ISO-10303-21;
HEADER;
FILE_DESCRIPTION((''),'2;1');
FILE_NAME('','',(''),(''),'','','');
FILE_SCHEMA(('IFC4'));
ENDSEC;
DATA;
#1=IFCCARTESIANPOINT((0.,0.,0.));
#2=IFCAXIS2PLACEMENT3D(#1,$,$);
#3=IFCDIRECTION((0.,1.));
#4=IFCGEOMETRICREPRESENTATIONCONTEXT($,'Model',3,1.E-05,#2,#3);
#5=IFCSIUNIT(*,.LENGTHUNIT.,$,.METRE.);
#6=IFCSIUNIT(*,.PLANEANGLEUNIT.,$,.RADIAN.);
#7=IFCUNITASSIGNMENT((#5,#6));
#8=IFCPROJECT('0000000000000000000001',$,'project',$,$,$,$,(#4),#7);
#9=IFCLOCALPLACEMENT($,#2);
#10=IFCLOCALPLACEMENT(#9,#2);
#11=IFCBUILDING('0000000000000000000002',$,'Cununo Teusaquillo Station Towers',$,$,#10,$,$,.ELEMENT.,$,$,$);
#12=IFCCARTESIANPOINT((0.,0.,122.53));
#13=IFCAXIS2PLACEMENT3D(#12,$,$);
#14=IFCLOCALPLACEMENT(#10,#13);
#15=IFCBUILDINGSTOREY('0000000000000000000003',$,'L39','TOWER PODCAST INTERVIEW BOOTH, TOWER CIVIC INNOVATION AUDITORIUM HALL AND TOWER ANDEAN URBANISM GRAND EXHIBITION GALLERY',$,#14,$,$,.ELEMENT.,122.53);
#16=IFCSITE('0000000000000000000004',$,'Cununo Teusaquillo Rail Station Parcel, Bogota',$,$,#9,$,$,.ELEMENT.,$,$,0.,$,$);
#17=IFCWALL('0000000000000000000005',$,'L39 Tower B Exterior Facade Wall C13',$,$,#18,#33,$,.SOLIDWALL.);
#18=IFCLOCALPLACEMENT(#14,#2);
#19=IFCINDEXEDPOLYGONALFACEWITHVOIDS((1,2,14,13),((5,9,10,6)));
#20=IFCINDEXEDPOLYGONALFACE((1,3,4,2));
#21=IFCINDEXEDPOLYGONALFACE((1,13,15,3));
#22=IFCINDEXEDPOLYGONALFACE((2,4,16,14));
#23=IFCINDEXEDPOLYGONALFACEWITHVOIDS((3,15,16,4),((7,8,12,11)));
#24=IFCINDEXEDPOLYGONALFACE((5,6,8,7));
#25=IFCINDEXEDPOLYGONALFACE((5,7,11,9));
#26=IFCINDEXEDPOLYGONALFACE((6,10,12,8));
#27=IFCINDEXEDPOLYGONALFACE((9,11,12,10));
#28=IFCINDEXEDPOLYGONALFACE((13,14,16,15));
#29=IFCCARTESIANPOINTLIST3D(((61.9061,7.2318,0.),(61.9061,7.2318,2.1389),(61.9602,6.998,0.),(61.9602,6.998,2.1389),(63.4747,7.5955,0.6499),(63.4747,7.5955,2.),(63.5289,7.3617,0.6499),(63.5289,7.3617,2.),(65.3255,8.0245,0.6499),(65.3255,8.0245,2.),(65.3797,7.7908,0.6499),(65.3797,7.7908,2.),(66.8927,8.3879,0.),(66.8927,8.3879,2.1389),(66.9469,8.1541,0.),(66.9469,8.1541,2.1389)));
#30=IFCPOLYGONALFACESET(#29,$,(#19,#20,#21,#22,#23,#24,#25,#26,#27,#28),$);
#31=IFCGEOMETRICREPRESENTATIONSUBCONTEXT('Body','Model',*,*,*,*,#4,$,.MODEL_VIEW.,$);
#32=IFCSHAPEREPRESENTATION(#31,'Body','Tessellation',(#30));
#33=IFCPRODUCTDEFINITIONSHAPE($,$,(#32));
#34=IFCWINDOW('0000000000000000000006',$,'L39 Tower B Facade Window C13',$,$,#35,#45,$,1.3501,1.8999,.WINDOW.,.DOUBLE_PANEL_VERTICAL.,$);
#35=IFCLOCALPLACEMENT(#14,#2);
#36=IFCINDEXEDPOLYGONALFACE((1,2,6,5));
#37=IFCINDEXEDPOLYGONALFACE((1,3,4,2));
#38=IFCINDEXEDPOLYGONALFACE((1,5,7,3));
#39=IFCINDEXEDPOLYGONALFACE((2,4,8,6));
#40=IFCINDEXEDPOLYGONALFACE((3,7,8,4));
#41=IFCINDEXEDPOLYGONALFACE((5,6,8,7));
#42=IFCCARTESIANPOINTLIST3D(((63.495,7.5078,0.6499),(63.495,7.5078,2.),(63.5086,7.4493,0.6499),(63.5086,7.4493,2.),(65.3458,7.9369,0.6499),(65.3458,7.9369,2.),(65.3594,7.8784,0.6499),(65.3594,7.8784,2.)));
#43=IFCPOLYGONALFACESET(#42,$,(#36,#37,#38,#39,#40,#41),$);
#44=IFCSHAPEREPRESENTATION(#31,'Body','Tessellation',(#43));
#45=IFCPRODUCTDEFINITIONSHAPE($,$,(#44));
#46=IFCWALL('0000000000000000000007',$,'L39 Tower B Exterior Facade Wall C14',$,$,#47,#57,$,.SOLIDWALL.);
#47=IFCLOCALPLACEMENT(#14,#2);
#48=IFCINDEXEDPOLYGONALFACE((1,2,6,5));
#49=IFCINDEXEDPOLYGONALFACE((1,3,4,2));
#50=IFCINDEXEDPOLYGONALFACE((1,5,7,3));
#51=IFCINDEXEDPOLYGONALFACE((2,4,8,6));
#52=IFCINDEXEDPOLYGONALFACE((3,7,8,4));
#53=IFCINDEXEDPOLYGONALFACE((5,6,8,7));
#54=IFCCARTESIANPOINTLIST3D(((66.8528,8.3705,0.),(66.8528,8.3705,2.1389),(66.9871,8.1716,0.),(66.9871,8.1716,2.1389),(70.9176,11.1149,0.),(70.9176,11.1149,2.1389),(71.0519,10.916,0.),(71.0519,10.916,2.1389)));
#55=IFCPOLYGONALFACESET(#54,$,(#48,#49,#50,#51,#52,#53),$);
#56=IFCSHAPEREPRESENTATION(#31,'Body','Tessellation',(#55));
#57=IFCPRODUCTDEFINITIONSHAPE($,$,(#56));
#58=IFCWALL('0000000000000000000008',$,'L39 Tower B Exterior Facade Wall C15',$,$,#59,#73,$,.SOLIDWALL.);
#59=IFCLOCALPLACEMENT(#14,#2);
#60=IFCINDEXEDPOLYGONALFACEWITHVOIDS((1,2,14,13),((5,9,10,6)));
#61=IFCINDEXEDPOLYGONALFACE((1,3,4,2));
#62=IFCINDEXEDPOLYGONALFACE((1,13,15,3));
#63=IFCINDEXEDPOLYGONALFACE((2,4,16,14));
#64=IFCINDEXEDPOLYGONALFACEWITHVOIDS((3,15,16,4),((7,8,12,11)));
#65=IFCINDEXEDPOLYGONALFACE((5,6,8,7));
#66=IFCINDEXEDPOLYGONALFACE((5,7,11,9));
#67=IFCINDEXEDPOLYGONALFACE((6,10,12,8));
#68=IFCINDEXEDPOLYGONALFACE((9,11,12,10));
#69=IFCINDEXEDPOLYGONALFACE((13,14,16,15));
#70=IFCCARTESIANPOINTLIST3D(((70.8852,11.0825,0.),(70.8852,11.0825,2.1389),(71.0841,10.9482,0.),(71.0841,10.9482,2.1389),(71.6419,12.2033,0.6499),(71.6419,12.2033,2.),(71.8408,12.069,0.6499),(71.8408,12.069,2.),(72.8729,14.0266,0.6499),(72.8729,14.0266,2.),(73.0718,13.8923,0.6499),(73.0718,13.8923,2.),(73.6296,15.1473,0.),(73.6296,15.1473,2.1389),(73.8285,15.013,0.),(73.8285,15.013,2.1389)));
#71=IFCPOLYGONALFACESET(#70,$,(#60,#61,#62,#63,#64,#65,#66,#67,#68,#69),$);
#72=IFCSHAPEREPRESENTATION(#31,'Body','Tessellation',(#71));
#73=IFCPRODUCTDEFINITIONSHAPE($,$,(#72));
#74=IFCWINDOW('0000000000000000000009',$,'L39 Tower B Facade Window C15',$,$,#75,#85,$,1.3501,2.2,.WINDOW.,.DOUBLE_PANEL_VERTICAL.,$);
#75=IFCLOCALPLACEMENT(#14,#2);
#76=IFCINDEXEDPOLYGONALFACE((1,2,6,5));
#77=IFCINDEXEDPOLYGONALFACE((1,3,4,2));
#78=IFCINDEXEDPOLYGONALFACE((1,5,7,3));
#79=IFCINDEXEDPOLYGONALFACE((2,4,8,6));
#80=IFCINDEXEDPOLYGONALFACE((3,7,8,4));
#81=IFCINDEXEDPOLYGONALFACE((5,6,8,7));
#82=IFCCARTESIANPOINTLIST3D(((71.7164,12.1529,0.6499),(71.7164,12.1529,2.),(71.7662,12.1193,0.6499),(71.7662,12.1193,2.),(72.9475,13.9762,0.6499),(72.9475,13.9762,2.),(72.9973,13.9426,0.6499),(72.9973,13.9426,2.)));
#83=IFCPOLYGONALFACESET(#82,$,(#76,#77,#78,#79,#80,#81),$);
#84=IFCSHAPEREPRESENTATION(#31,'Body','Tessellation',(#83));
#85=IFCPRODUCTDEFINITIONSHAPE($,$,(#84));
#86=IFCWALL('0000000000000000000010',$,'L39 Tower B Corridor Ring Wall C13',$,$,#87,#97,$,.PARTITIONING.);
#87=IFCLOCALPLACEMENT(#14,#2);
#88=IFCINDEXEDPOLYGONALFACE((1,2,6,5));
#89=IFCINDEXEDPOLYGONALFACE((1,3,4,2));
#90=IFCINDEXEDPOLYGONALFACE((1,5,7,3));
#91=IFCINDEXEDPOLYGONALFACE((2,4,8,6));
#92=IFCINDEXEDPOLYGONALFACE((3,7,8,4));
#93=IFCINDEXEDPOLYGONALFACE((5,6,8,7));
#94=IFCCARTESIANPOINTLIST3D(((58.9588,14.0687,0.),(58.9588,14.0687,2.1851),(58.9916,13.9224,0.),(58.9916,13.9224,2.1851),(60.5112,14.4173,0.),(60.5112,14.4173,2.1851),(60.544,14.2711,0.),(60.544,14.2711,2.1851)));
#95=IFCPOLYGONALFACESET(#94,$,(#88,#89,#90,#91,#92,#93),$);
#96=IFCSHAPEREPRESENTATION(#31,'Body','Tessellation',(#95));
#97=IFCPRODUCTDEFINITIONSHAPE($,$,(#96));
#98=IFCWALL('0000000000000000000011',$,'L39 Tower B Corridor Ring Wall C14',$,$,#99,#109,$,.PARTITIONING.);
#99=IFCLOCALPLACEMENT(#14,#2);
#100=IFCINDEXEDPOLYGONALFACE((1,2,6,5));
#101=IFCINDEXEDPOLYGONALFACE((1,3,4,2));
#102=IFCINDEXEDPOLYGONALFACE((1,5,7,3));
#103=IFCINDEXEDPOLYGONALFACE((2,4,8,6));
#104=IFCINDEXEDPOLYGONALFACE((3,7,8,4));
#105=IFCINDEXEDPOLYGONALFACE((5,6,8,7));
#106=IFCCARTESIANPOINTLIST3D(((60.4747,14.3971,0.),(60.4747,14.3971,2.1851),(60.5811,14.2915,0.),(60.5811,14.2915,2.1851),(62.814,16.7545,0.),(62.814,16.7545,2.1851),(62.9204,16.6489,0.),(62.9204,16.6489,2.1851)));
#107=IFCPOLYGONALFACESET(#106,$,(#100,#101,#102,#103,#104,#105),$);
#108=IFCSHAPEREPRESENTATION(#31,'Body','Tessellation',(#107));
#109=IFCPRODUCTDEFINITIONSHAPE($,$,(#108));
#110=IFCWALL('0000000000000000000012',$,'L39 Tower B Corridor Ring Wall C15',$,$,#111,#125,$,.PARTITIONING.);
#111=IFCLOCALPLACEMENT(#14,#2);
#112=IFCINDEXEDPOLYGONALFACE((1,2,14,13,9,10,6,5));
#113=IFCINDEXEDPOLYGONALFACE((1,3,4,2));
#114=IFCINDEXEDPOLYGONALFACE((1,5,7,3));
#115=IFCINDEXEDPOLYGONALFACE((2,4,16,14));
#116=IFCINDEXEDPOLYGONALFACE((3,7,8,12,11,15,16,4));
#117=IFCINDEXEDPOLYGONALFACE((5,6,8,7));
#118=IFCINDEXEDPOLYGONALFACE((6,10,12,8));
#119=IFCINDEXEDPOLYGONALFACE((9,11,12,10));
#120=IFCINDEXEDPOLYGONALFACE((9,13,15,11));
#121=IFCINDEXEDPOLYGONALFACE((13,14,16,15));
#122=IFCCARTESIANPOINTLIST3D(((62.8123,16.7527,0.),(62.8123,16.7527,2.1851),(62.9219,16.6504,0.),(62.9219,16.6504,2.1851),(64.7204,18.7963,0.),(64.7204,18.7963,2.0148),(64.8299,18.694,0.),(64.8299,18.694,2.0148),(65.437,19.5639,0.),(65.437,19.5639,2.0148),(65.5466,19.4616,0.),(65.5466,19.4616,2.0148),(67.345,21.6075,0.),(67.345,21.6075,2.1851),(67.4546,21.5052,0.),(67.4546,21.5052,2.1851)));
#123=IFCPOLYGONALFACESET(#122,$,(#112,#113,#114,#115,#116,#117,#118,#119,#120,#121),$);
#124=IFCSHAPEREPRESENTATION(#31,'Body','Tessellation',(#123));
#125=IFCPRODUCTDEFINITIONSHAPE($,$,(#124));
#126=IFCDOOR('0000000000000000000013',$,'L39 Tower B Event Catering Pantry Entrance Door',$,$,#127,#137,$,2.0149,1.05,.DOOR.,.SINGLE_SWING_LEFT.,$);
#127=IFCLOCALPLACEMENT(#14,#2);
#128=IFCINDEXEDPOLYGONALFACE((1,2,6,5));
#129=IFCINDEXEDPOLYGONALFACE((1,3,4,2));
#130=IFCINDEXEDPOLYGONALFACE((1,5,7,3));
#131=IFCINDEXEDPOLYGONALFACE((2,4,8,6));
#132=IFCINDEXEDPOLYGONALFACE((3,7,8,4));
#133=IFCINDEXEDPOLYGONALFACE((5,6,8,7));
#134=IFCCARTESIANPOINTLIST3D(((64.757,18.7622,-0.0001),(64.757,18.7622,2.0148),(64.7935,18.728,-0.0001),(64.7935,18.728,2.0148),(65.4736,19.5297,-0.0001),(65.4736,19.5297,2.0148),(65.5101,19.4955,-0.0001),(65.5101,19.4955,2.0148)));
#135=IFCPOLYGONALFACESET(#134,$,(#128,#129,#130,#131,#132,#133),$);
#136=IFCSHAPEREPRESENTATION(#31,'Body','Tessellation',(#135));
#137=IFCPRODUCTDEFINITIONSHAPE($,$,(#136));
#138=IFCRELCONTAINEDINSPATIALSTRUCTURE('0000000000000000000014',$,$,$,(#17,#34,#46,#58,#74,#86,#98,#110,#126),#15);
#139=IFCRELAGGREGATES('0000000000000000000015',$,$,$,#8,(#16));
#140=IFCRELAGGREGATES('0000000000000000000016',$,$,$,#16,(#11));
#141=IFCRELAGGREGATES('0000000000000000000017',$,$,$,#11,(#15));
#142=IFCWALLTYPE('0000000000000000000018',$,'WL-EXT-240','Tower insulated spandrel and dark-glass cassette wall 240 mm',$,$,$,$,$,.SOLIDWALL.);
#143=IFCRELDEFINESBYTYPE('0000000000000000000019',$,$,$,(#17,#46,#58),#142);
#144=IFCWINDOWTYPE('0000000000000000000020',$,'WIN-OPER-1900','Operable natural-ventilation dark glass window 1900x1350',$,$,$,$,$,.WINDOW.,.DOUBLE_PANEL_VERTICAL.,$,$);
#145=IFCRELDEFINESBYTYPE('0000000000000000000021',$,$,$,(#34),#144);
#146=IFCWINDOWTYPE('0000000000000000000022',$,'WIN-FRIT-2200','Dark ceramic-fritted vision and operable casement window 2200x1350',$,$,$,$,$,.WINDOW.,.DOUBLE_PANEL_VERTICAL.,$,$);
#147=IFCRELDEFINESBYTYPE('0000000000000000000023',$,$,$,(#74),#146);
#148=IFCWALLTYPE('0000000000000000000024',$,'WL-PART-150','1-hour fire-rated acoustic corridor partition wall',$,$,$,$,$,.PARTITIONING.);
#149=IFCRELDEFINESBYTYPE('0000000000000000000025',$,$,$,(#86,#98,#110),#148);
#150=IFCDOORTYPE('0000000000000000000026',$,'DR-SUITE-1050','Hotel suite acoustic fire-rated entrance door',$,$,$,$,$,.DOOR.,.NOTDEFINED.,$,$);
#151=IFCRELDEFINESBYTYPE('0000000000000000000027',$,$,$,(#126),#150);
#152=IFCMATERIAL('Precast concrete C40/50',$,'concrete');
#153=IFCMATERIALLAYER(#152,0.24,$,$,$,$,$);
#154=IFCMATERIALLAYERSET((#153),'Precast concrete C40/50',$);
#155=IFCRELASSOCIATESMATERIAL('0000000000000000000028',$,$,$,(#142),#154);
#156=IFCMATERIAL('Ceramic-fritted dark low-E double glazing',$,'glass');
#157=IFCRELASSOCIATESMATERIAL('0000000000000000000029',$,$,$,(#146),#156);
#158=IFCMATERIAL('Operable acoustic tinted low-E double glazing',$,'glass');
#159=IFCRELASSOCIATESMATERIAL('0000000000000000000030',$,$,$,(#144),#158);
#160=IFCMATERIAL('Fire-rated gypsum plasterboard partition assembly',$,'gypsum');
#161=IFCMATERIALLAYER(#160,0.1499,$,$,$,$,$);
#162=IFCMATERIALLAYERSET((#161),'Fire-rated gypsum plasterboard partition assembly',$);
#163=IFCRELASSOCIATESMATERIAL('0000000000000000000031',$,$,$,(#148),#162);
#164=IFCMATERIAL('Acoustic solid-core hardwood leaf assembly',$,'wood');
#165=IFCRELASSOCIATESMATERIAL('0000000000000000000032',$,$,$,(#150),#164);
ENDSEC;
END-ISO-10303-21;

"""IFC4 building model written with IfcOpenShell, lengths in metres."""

from ifc_helpers import new_model, si_unit, direction, frame, frame_2d, origin, place, context, subcontext, project, spatial, rectangle, extrude, source, transform, mapped, material, layer, layer_set, type_object, element, fill, save


model = new_model("IFC4")

# Units and contexts
model_context = context("Model", 3, precision=1e-05, world=origin(), true_north=direction((0.0, 1.0)))
body_context = subcontext(model_context, "Body", "Model", "MODEL_VIEW")
ifc_project = project(units=[si_unit("LENGTHUNIT", "METRE"), si_unit("PLANEANGLEUNIT", "RADIAN")], contexts=[model_context])

# Site, building, storey
site_placement = place(None, origin())
site = spatial("IfcSite", under=ifc_project, at=site_placement, Name="Cununo Teusaquillo Rail Station Parcel, Bogota", CompositionType="ELEMENT", RefElevation=0.0)
building_placement = place(site_placement, origin())
building = spatial("IfcBuilding", under=site, at=building_placement, Name="Cununo Teusaquillo Station Towers", CompositionType="ELEMENT")
storey_placement = place(building_placement, frame((0.0, 0.0, 122.53)))
storey = spatial("IfcBuildingStorey", under=building, at=storey_placement, Name="L39", Description="TOWER PODCAST INTERVIEW BOOTH, TOWER CIVIC INNOVATION AUDITORIUM HALL AND TOWER ANDEAN URBANISM GRAND EXHIBITION GALLERY", CompositionType="ELEMENT", Elevation=122.53)

# Wall, opening, window
ifc_material_1 = material(Name="Precast concrete C40/50", Category="concrete")
ifc_layer_1 = layer(ifc_material_1, 0.24)
ifc_layer_set_1 = layer_set([ifc_layer_1], Name="Precast concrete C40/50")
wall_type_1 = type_object("IfcWallType", Name="WL-EXT-240", Description="Tower insulated spandrel and dark-glass cassette wall 240 mm", PredefinedType="SOLIDWALL", material=ifc_layer_set_1)
shared_shape_1 = source(origin(), body_context, "Body", "SweptSolid", [
    extrude(rectangle(XDim=2.2, YDim=1.3501, at=frame_2d((1.1001, 0.675))), frame((0.0, 0.1299, 0.0), z_axis=(0.0, -1.0, 0.0), x_axis=(1.0, 0.0, 0.0)), (0.0, 0.0, 1.0), 0.26),
])
ifc_material_2 = material(Name="Ceramic-fritted dark low-E double glazing", Category="glass")
window_type_1 = type_object("IfcWindowType", Name="WIN-FRIT-2200", Description="Dark ceramic-fritted vision and operable casement window 2200x1350", PartitioningType="DOUBLE_PANEL_VERTICAL", PredefinedType="WINDOW", material=ifc_material_2)
shared_shape_2 = source(origin(), body_context, "Body", "SweptSolid", [
    extrude(rectangle(XDim=2.2, YDim=1.3501, at=frame_2d((1.1001, 0.675))), frame((0.0, 0.03, 0.0), z_axis=(0.0, -1.0, 0.0), x_axis=(1.0, 0.0, 0.0)), (0.0, 0.0, 1.0), 0.0601),
])
wall_1_placement = place(storey_placement, frame((66.9199, 8.271, 0.0), z_axis=(0.0, 0.0, 1.0), x_axis=(-0.974166, -0.225835, 0.0)))
wall_1 = element("IfcWall", 1, at=wall_1_placement, inside=storey, type_object=wall_type_1, Name="L39 Tower B Exterior Facade Wall C13", PredefinedType="SOLIDWALL", context=body_context, shape_type="SweptSolid", body=[
    extrude(rectangle(XDim=5.1189, YDim=0.24, at=frame_2d((2.5596, 0.0))), origin(), (0.0, 0.0, 1.0), 2.1389),
])
shared_shape_3 = source(origin(), body_context, "Body", "SweptSolid", [
    extrude(rectangle(XDim=1.8999, YDim=1.3501, at=frame_2d((0.95, 0.675))), frame((0.0, 0.1299, 0.0), z_axis=(0.0, -1.0, 0.0), x_axis=(1.0, 0.0, 0.0)), (0.0, 0.0, 1.0), 0.26),
])
opening_1_placement = place(wall_1_placement, frame((1.6089, 0.0, 0.6499)))
opening_1 = element("IfcOpeningElement", 2, at=opening_1_placement, cuts=wall_1, PredefinedType="OPENING", context=body_context, shape_type="MappedRepresentation", body=[
    mapped(shared_shape_3, transform((0.0, 0.0, 0.0), x_axis=(1.0, 0.0, 0.0), y_axis=(0.0, 1.0, 0.0), z_axis=(0.0, 0.0, 1.0), scale=1.0)),
])
ifc_material_3 = material(Name="Operable acoustic tinted low-E double glazing", Category="glass")
window_type_2 = type_object("IfcWindowType", Name="WIN-OPER-1900", Description="Operable natural-ventilation dark glass window 1900x1350", PartitioningType="DOUBLE_PANEL_VERTICAL", PredefinedType="WINDOW", material=ifc_material_3)
shared_shape_4 = source(origin(), body_context, "Body", "SweptSolid", [
    extrude(rectangle(XDim=1.8999, YDim=1.3501, at=frame_2d((0.95, 0.675))), frame((0.0, 0.03, 0.0), z_axis=(0.0, -1.0, 0.0), x_axis=(1.0, 0.0, 0.0)), (0.0, 0.0, 1.0), 0.0601),
])
window_1_placement = place(opening_1_placement, origin())
window_1 = element("IfcWindow", 3, at=window_1_placement, inside=storey, type_object=window_type_2, Name="L39 Tower B Facade Window C13", OverallHeight=1.3501, OverallWidth=1.8999, PartitioningType="DOUBLE_PANEL_VERTICAL", PredefinedType="WINDOW", context=body_context, shape_type="MappedRepresentation", body=[
    mapped(shared_shape_4, transform((0.0, 0.0, 0.0), x_axis=(1.0, 0.0, 0.0), y_axis=(0.0, 1.0, 0.0), z_axis=(0.0, 0.0, 1.0), scale=1.0)),
])
fill(opening_1, window_1)

# Wall
wall_2_placement = place(storey_placement, frame((70.9846, 11.0154, 0.0), z_axis=(0.0, 0.0, 1.0), x_axis=(-0.828781, -0.559573, 0.0)))
element("IfcWall", 4, at=wall_2_placement, inside=storey, type_object=wall_type_1, Name="L39 Tower B Exterior Facade Wall C14", PredefinedType="SOLIDWALL", context=body_context, shape_type="SweptSolid", body=[
    extrude(rectangle(XDim=4.9045, YDim=0.24, at=frame_2d((2.4521, 0.0))), origin(), (0.0, 0.0, 1.0), 2.1389),
])

# Wall, opening, window
wall_3_placement = place(storey_placement, frame((73.729, 15.0801, 0.0), z_axis=(0.0, 0.0, 1.0), x_axis=(-0.559573, -0.828781, 0.0)))
wall_3 = element("IfcWall", 5, at=wall_3_placement, inside=storey, type_object=wall_type_1, Name="L39 Tower B Exterior Facade Wall C15", PredefinedType="SOLIDWALL", context=body_context, shape_type="SweptSolid", body=[
    extrude(rectangle(XDim=4.9045, YDim=0.24, at=frame_2d((2.4521, 0.0))), origin(), (0.0, 0.0, 1.0), 2.1389),
])
opening_2_placement = place(wall_3_placement, frame((1.3521, 0.0, 0.6499)))
opening_2 = element("IfcOpeningElement", 6, at=opening_2_placement, cuts=wall_3, PredefinedType="OPENING", context=body_context, shape_type="MappedRepresentation", body=[
    mapped(shared_shape_1, transform((0.0, 0.0, 0.0), x_axis=(1.0, 0.0, 0.0), y_axis=(0.0, 1.0, 0.0), z_axis=(0.0, 0.0, 1.0), scale=1.0)),
])
window_2_placement = place(opening_2_placement, origin())
window_2 = element("IfcWindow", 7, at=window_2_placement, inside=storey, type_object=window_type_1, Name="L39 Tower B Facade Window C15", OverallHeight=1.3501, OverallWidth=2.2, PartitioningType="DOUBLE_PANEL_VERTICAL", PredefinedType="WINDOW", context=body_context, shape_type="MappedRepresentation", body=[
    mapped(shared_shape_2, transform((0.0, 0.0, 0.0), x_axis=(1.0, 0.0, 0.0), y_axis=(0.0, 1.0, 0.0), z_axis=(0.0, 0.0, 1.0), scale=1.0)),
])
fill(opening_2, window_2)

# Walls
ifc_material_4 = material(Name="Fire-rated gypsum plasterboard partition assembly", Category="gypsum")
ifc_layer_2 = layer(ifc_material_4, 0.1499)
ifc_layer_set_2 = layer_set([ifc_layer_2], Name="Fire-rated gypsum plasterboard partition assembly")
wall_type_2 = type_object("IfcWallType", Name="WL-PART-150", Description="1-hour fire-rated acoustic corridor partition wall", PredefinedType="PARTITIONING", material=ifc_layer_set_2)
wall_4_placement = place(storey_placement, frame((58.9753, 13.9956, 0.0), z_axis=(0.0, 0.0, 1.0), x_axis=(0.975701, 0.219107, 0.0)))
element("IfcWall", 8, at=wall_4_placement, inside=storey, type_object=wall_type_2, Name="L39 Tower B Corridor Ring Wall C13", PredefinedType="PARTITIONING", context=body_context, shape_type="SweptSolid", body=[
    extrude(rectangle(XDim=1.5911, YDim=0.1499, at=frame_2d((0.7954, 0.0))), origin(), (0.0, 0.0, 1.0), 2.1851),
])
wall_5_placement = place(storey_placement, frame((60.5278, 14.3442, 0.0), z_axis=(0.0, 0.0, 1.0), x_axis=(0.704382, 0.709821, 0.0)))
element("IfcWall", 9, at=wall_5_placement, inside=storey, type_object=wall_type_2, Name="L39 Tower B Corridor Ring Wall C14", PredefinedType="PARTITIONING", context=body_context, shape_type="SweptSolid", body=[
    extrude(rectangle(XDim=3.321, YDim=0.1499, at=frame_2d((1.6606, 0.0))), origin(), (0.0, 0.0, 1.0), 2.1851),
])

# Wall, opening, door
wall_6_placement = place(storey_placement, frame((62.8672, 16.7017, 0.0), z_axis=(0.0, 0.0, 1.0), x_axis=(0.682449, 0.730933, 0.0)))
wall_6 = element("IfcWall", 10, at=wall_6_placement, inside=storey, type_object=wall_type_2, Name="L39 Tower B Corridor Ring Wall C15", PredefinedType="PARTITIONING", context=body_context, shape_type="SweptSolid", body=[
    extrude(rectangle(XDim=6.6418, YDim=0.1499, at=frame_2d((3.3208, 0.0))), origin(), (0.0, 0.0, 1.0), 2.1851),
])
shared_shape_5 = source(origin(), body_context, "Body", "SweptSolid", [
    extrude(rectangle(XDim=1.05, YDim=2.0149, at=frame_2d((0.5249, 1.0073))), frame((0.0, 0.085, 0.0), z_axis=(0.0, -1.0, 0.0), x_axis=(1.0, 0.0, 0.0)), (0.0, 0.0, 1.0), 0.1699),
])
opening_3_placement = place(wall_6_placement, frame((2.7959, 0.0, 0.0)))
opening_3 = element("IfcOpeningElement", 11, at=opening_3_placement, cuts=wall_6, PredefinedType="OPENING", context=body_context, shape_type="MappedRepresentation", body=[
    mapped(shared_shape_5, transform((0.0, 0.0, 0.0), x_axis=(1.0, 0.0, 0.0), y_axis=(0.0, 1.0, 0.0), z_axis=(0.0, 0.0, 1.0), scale=1.0)),
])
ifc_material_5 = material(Name="Acoustic solid-core hardwood leaf assembly", Category="wood")
door_type_1 = type_object("IfcDoorType", Name="DR-SUITE-1050", Description="Hotel suite acoustic fire-rated entrance door", OperationType="NOTDEFINED", PredefinedType="DOOR", material=ifc_material_5)
shared_shape_6 = source(origin(), body_context, "Body", "SweptSolid", [
    extrude(rectangle(XDim=1.05, YDim=2.0149, at=frame_2d((0.5249, 1.0073))), frame((0.0, 0.0249, 0.0), z_axis=(0.0, -1.0, 0.0), x_axis=(1.0, 0.0, 0.0)), (0.0, 0.0, 1.0), 0.05),
])
door_1_placement = place(opening_3_placement, origin())
door_1 = element("IfcDoor", 12, at=door_1_placement, inside=storey, type_object=door_type_1, Name="L39 Tower B Event Catering Pantry Entrance Door", OperationType="SINGLE_SWING_LEFT", OverallHeight=2.0149, OverallWidth=1.05, PredefinedType="DOOR", context=body_context, shape_type="MappedRepresentation", body=[
    mapped(shared_shape_6, transform((0.0, 0.0, 0.0), x_axis=(1.0, 0.0, 0.0), y_axis=(0.0, 1.0, 0.0), z_axis=(0.0, 0.0, 1.0), scale=1.0)),
])
fill(opening_3, door_1)

save(model, "model.ifc")
